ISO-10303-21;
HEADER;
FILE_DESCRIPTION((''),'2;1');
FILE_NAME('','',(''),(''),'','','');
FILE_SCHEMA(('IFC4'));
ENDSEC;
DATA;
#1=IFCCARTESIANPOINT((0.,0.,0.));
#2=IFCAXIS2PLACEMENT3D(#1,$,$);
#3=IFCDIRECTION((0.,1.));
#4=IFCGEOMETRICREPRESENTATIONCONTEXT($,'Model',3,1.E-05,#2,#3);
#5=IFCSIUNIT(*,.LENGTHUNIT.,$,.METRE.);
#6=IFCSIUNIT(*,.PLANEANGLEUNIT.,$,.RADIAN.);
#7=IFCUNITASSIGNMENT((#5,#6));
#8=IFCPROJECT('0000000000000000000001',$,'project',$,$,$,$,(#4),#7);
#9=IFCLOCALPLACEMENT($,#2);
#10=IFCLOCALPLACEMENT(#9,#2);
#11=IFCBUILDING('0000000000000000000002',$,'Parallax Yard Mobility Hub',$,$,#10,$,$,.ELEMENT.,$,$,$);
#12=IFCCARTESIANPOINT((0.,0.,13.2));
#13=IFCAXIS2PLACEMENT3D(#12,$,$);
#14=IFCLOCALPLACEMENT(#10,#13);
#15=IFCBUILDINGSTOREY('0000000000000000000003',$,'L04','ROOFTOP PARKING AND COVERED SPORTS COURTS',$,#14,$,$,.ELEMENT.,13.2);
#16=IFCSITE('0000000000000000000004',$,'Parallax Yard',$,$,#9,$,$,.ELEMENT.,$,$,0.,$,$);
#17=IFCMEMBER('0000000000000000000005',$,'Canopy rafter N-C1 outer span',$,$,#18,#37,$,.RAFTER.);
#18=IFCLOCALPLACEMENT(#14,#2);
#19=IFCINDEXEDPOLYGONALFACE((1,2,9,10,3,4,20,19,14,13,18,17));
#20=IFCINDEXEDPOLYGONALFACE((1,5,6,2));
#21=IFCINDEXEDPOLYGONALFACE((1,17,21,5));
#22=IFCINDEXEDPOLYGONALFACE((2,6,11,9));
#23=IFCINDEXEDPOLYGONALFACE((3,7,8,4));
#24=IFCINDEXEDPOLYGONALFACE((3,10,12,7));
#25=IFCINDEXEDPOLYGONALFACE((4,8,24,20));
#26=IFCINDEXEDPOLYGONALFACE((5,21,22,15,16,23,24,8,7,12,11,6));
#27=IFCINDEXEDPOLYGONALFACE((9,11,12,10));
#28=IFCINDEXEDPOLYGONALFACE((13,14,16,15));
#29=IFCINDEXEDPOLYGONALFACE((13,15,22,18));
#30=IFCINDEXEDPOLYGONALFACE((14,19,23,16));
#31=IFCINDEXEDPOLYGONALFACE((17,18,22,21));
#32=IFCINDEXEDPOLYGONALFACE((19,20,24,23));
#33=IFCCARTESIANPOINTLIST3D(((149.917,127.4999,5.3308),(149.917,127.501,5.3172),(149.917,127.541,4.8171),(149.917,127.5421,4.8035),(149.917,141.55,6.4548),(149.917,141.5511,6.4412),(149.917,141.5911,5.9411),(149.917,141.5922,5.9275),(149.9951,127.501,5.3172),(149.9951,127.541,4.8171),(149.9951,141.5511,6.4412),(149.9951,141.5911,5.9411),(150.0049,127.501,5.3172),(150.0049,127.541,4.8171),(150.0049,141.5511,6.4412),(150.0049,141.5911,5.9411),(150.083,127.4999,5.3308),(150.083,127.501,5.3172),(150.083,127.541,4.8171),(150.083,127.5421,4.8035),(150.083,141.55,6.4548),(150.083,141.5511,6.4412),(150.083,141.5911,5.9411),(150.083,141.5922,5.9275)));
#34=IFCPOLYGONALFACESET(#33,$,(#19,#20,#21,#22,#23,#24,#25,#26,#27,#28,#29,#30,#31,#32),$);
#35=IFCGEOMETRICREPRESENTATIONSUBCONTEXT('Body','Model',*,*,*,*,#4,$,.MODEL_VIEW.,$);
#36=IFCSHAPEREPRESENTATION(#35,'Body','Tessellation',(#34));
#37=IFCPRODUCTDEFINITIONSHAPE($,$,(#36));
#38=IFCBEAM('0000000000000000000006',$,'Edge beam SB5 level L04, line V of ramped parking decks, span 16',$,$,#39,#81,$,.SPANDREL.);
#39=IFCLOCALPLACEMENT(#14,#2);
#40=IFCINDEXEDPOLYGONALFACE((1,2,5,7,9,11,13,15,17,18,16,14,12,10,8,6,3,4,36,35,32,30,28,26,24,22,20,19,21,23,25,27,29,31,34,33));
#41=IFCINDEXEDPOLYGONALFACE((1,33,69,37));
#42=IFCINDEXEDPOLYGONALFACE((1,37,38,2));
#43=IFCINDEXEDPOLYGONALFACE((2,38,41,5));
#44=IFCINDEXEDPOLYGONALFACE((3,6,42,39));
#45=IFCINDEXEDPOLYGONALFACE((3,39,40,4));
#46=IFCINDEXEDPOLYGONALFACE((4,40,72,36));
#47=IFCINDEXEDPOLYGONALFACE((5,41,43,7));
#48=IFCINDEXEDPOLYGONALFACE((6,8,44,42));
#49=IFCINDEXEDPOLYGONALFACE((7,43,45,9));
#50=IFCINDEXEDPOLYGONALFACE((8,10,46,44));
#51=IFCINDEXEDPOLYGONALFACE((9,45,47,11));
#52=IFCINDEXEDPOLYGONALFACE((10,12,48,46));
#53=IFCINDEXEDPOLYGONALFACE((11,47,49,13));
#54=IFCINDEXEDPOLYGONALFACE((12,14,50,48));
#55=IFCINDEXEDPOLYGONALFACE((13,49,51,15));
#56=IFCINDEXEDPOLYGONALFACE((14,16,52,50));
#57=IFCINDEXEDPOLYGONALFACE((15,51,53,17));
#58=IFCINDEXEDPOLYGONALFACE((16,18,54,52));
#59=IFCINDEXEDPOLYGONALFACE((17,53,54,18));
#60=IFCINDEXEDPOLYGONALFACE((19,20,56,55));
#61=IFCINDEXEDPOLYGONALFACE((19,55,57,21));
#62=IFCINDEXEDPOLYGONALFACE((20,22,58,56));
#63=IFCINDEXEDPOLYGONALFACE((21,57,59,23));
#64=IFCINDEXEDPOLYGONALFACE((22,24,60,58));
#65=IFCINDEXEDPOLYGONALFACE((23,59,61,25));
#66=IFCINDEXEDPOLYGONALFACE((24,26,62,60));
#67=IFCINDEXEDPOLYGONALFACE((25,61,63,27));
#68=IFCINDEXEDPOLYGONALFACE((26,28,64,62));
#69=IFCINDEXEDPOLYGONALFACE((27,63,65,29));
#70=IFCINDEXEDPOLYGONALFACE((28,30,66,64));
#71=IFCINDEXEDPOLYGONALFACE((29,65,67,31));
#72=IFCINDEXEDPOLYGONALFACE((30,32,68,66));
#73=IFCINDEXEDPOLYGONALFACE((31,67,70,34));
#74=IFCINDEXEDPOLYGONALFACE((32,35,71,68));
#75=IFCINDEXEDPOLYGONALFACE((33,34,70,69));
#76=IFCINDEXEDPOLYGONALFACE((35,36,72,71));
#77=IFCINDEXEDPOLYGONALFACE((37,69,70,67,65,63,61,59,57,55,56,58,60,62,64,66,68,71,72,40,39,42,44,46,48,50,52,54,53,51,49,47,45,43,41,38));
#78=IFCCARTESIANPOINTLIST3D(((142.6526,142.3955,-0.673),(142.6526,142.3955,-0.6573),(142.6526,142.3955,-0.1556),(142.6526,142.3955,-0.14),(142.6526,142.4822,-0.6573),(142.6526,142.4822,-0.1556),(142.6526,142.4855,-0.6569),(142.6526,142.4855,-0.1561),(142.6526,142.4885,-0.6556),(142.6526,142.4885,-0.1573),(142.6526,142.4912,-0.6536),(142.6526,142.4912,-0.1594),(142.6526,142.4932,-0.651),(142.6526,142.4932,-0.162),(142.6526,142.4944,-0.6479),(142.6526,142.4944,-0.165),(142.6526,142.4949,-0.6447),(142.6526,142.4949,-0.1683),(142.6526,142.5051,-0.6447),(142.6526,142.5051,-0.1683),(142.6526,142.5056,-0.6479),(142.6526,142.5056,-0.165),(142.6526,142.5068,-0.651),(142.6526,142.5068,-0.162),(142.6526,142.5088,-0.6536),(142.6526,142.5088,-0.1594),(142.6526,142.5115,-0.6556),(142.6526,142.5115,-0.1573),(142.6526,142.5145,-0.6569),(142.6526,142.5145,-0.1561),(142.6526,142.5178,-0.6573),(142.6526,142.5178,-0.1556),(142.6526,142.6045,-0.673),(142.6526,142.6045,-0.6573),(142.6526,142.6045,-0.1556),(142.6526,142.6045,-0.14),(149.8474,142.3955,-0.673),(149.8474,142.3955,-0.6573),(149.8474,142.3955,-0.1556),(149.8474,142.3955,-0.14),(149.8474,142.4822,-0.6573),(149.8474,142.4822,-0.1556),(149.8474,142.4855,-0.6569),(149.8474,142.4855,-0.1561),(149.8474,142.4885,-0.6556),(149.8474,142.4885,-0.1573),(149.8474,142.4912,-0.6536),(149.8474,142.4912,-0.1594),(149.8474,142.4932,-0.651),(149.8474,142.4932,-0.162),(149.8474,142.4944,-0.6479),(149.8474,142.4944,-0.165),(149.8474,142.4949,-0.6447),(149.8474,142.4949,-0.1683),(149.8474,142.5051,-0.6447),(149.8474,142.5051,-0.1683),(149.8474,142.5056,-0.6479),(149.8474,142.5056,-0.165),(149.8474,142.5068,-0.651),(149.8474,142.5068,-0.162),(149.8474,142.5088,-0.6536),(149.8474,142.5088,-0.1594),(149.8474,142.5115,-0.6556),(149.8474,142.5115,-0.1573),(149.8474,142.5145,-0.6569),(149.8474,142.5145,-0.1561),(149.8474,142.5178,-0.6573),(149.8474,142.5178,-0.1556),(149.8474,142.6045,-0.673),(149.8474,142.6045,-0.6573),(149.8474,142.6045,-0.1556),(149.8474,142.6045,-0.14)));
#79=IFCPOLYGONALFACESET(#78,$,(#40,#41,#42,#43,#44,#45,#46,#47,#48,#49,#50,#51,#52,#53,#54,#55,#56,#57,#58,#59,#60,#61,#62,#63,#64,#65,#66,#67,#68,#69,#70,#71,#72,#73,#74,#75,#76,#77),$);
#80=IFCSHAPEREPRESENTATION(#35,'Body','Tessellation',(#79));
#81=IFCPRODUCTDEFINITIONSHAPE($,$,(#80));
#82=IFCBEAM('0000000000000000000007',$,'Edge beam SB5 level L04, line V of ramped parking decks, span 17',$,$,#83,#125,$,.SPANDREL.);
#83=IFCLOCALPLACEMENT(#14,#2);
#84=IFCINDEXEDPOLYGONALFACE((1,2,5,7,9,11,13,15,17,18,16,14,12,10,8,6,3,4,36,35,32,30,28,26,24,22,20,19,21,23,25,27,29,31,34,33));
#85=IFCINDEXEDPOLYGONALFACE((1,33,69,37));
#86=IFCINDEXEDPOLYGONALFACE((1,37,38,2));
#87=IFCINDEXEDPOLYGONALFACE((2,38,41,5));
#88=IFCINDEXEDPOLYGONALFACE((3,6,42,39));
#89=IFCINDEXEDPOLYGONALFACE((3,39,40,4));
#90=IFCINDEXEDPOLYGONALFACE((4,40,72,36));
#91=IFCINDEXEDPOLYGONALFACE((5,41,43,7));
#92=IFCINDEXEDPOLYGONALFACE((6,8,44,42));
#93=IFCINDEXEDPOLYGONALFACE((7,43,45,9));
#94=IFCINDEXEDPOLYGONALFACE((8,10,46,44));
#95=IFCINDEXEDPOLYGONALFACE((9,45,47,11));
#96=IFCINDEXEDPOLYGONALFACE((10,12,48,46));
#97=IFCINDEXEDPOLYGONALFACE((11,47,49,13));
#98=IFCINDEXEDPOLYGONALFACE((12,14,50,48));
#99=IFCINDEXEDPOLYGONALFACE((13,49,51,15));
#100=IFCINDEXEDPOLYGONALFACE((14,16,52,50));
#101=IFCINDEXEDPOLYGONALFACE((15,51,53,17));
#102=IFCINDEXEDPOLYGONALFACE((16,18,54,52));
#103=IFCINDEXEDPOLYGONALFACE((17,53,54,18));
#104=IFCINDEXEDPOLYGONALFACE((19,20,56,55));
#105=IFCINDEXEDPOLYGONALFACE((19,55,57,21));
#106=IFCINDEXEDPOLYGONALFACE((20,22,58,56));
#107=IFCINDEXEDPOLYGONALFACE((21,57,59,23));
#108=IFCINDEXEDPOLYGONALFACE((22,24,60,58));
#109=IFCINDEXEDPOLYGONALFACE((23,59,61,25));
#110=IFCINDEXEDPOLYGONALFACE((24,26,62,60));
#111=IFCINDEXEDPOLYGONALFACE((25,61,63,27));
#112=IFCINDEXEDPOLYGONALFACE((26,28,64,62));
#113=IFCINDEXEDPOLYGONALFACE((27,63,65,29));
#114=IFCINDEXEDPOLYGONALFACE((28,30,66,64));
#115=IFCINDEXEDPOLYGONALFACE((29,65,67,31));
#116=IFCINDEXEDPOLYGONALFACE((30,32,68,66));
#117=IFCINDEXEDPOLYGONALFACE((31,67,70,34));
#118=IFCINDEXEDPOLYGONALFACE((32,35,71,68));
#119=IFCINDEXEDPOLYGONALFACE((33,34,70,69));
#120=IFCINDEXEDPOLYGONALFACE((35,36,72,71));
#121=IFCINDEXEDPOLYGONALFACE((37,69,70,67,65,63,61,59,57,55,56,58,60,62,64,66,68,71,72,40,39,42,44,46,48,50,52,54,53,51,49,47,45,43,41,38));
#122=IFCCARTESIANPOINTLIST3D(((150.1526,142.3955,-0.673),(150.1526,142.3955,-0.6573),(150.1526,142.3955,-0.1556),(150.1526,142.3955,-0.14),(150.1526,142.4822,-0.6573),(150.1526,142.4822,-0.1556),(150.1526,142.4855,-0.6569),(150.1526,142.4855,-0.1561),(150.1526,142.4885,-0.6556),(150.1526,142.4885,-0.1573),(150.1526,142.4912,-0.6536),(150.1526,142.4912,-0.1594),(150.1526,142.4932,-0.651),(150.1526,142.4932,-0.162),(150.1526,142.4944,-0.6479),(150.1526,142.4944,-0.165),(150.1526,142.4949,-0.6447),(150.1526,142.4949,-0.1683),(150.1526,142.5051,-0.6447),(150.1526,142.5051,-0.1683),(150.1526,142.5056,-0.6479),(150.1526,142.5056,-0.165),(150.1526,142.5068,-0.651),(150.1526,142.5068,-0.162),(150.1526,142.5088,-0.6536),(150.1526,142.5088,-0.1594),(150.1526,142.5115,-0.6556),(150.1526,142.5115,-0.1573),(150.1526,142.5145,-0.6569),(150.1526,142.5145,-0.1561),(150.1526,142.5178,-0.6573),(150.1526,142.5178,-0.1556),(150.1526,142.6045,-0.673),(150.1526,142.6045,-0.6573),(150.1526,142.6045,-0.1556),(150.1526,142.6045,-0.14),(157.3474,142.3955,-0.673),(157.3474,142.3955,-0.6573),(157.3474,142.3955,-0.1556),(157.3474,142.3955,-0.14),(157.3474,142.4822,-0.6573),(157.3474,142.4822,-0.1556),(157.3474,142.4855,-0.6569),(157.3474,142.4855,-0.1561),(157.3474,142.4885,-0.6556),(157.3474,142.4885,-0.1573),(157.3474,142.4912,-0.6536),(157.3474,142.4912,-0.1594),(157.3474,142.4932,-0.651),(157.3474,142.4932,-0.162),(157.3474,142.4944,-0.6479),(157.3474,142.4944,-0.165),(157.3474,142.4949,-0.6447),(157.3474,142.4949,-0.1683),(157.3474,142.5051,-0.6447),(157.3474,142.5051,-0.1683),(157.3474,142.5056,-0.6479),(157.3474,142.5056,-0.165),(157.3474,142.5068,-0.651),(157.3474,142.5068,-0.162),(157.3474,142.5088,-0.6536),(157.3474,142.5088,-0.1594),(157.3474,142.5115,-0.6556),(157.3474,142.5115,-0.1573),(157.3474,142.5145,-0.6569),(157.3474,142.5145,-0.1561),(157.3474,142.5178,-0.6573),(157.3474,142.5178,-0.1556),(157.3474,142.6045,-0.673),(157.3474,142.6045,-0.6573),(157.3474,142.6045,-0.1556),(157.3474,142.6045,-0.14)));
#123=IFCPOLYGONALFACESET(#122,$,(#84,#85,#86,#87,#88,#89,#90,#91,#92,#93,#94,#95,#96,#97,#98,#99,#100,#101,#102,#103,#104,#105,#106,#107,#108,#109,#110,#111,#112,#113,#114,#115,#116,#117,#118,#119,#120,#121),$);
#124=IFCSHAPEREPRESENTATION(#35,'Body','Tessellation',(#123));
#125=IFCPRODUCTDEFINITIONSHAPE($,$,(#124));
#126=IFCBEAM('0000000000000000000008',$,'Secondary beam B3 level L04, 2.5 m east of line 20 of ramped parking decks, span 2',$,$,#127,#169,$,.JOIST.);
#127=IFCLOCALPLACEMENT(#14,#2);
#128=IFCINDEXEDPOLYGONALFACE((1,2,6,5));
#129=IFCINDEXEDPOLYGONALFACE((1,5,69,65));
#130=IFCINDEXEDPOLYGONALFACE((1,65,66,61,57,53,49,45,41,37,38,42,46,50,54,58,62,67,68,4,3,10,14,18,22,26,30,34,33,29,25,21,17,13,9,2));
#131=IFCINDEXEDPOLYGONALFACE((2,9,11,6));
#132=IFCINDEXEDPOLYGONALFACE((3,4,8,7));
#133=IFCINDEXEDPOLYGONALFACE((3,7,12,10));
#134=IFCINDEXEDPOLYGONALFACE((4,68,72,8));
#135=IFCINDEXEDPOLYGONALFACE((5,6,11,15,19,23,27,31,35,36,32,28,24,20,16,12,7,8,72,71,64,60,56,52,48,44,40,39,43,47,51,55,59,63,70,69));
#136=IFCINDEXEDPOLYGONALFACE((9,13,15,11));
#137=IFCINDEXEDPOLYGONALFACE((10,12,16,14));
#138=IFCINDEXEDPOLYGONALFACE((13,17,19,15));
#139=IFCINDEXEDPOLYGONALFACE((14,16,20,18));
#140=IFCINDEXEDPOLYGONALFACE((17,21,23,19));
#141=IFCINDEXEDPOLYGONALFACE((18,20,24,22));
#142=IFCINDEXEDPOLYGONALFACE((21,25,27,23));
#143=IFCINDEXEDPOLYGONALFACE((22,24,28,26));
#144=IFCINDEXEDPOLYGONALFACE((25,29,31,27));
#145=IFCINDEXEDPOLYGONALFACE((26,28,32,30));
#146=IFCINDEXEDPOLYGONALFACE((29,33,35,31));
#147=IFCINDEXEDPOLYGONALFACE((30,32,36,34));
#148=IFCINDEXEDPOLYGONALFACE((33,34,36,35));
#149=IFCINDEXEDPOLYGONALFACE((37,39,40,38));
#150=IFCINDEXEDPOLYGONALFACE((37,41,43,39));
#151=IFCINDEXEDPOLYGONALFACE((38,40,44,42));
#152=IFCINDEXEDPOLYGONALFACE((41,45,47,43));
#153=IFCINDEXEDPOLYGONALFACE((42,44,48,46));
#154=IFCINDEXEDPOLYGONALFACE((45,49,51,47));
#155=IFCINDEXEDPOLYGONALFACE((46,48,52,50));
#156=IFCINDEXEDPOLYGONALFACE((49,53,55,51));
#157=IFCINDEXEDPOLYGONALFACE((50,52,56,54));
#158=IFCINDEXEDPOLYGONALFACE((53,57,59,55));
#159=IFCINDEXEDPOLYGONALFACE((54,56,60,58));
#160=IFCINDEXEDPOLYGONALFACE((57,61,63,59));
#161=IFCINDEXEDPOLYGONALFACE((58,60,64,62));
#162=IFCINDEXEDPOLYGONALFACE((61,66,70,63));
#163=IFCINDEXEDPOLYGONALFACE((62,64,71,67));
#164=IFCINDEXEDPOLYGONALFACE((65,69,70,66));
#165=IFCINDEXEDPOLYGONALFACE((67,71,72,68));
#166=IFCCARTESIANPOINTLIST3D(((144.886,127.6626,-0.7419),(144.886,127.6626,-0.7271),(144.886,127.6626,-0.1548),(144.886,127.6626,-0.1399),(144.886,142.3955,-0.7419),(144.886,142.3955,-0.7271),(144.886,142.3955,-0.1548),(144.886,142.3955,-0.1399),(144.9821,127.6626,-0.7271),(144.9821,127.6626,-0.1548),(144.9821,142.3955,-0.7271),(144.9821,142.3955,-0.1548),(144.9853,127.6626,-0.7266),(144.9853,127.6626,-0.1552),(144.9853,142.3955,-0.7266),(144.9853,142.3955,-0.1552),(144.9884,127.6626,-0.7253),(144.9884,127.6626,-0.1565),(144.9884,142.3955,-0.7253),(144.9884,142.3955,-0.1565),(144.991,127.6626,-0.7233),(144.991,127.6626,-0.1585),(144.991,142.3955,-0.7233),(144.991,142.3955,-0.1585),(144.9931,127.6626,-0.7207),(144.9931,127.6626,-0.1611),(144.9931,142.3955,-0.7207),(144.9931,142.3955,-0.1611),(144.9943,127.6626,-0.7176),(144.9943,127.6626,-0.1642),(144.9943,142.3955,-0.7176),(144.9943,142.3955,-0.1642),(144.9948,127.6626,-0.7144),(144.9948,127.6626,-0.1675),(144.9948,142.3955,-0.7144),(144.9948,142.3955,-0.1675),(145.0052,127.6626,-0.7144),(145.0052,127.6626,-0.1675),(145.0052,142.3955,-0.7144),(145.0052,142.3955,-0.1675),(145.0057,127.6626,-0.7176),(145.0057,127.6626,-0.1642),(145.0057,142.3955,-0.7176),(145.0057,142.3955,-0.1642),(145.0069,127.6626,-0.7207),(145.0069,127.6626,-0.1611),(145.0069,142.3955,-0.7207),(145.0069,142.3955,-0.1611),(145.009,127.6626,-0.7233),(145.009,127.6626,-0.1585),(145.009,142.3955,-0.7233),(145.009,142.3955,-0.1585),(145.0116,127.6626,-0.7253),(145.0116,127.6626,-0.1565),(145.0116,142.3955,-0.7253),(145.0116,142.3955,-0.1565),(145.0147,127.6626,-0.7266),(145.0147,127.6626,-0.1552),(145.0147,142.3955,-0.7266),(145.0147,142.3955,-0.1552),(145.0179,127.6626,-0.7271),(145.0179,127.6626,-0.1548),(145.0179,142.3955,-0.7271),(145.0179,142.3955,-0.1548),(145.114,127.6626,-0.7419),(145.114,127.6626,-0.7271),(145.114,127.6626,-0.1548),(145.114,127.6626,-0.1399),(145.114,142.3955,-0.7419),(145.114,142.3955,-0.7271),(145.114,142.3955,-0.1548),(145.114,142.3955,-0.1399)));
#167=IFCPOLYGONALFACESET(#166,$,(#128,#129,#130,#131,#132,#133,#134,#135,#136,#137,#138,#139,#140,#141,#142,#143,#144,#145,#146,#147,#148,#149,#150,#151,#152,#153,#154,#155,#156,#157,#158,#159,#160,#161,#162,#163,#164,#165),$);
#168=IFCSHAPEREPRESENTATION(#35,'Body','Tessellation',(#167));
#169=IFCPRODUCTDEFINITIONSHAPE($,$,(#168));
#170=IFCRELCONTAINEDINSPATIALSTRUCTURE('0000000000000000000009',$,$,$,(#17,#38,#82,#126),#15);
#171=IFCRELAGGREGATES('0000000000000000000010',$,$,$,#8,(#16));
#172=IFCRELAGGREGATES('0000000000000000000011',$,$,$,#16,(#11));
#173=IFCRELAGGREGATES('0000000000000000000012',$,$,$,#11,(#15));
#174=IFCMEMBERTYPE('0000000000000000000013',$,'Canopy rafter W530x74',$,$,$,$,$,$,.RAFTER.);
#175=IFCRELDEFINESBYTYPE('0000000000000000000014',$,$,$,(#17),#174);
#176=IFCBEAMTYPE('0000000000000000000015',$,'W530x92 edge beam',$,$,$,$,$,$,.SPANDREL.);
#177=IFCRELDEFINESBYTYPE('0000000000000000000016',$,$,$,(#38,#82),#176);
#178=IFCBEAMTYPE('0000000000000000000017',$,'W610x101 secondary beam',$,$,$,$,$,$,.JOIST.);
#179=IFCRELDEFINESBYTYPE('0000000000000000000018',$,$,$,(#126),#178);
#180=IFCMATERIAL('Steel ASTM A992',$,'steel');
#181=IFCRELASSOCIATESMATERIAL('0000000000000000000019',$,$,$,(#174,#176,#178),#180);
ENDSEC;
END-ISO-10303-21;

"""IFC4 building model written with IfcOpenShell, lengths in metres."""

from ifc_helpers import new_model, si_unit, direction, frame, origin, origin_2d, place, context, subcontext, project, spatial, i_section, extrude, material, material_profile, profile_set, type_object, element, save


model = new_model("IFC4")

# Units and contexts
model_context = context("Model", 3, precision=1e-05, world=origin(), true_north=direction((0.0, 1.0)))
body_context = subcontext(model_context, "Body", "Model", "MODEL_VIEW")
ifc_project = project(units=[si_unit("LENGTHUNIT", "METRE"), si_unit("PLANEANGLEUNIT", "RADIAN")], contexts=[model_context])

# Site, building, storey
site_placement = place(None, origin())
site = spatial("IfcSite", under=ifc_project, at=site_placement, Name="Parallax Yard", CompositionType="ELEMENT", RefElevation=0.0)
building_placement = place(site_placement, origin())
building = spatial("IfcBuilding", under=site, at=building_placement, Name="Parallax Yard Mobility Hub", CompositionType="ELEMENT")
storey_placement = place(building_placement, frame((0.0, 0.0, 13.2)))
storey = spatial("IfcBuildingStorey", under=building, at=storey_placement, Name="L04", Description="ROOFTOP PARKING AND COVERED SPORTS COURTS", CompositionType="ELEMENT", Elevation=13.2)

# Member
ifc_material_1 = material(Name="Steel ASTM A992", Category="steel")
ifc_material_profile_1 = material_profile(ifc_material_1, i_section(OverallWidth=0.166, OverallDepth=0.5291, WebThickness=0.0098, FlangeThickness=0.0137, at=origin_2d()), Name="W530x74")
ifc_profile_set_1 = profile_set([ifc_material_profile_1], Name="Steel ASTM A992")
member_type_1 = type_object("IfcMemberType", Name="Canopy rafter W530x74", PredefinedType="RAFTER", material=ifc_profile_set_1)
member_1_placement = place(storey_placement, frame((150.0, 127.521, 5.0671), z_axis=(0.0, 0.996815, 0.079747), x_axis=(-1.0, 0.0, 0.0)))
element("IfcMember", 1, at=member_1_placement, inside=storey, type_object=member_type_1, Name="Canopy rafter N-C1 outer span", PredefinedType="RAFTER", context=body_context, shape_type="SweptSolid", body=[
    extrude(i_section(OverallWidth=0.166, OverallDepth=0.5291, WebThickness=0.0098, FlangeThickness=0.0137, at=origin_2d()), origin(), (0.0, 0.0, 1.0), 14.095),
])

# Beams
ifc_material_profile_2 = material_profile(ifc_material_1, i_section(OverallWidth=0.209, OverallDepth=0.533, WebThickness=0.0103, FlangeThickness=0.0156, FilletRadius=0.0127, at=origin_2d()), Name="W530x92")
ifc_profile_set_2 = profile_set([ifc_material_profile_2], Name="Steel ASTM A992")
beam_type_1 = type_object("IfcBeamType", Name="W530x92 edge beam", PredefinedType="SPANDREL", material=ifc_profile_set_2)
for number, where, z_axis, x_axis, name in (
    (2, (142.6526, 142.5, -0.4065), (1.0, 0.0, 0.0), (0.0, 1.0, 0.0), "Edge beam SB5 level L04, line V of ramped parking decks, span 16"),
    (3, (150.1526, 142.5, -0.4065), (1.0, 0.0, 0.0), (0.0, 1.0, 0.0), "Edge beam SB5 level L04, line V of ramped parking decks, span 17"),
):
    element("IfcBeam", number, at=place(storey_placement, frame(where, z_axis=z_axis, x_axis=x_axis)), inside=storey, type_object=beam_type_1, Name=name, PredefinedType="SPANDREL", context=body_context, shape_type="SweptSolid", body=[
        extrude(i_section(OverallWidth=0.209, OverallDepth=0.533, WebThickness=0.0103, FlangeThickness=0.0156, FilletRadius=0.0127, at=origin_2d()), origin(), (0.0, 0.0, 1.0), 7.1948),
    ])
ifc_material_profile_3 = material_profile(ifc_material_1, i_section(OverallWidth=0.228, OverallDepth=0.6021, WebThickness=0.0105, FlangeThickness=0.0149, FilletRadius=0.0127, at=origin_2d()), Name="W610x101")
ifc_profile_set_3 = profile_set([ifc_material_profile_3], Name="Steel ASTM A992")
beam_type_2 = type_object("IfcBeamType", Name="W610x101 secondary beam", PredefinedType="JOIST", material=ifc_profile_set_3)
for number, where, z_axis, x_axis, name in (
    (4, (145.0, 127.6626, -0.4409), (0.0, 1.0, 0.0), (-1.0, 0.0, 0.0), "Secondary beam B3 level L04, 2.5 m east of line 20 of ramped parking decks, span 2"),
):
    element("IfcBeam", number, at=place(storey_placement, frame(where, z_axis=z_axis, x_axis=x_axis)), inside=storey, type_object=beam_type_2, Name=name, PredefinedType="JOIST", context=body_context, shape_type="SweptSolid", body=[
        extrude(i_section(OverallWidth=0.228, OverallDepth=0.6021, WebThickness=0.0105, FlangeThickness=0.0149, FilletRadius=0.0127, at=origin_2d()), origin(), (0.0, 0.0, 1.0), 14.7329),
    ])

save(model, "model.ifc")
